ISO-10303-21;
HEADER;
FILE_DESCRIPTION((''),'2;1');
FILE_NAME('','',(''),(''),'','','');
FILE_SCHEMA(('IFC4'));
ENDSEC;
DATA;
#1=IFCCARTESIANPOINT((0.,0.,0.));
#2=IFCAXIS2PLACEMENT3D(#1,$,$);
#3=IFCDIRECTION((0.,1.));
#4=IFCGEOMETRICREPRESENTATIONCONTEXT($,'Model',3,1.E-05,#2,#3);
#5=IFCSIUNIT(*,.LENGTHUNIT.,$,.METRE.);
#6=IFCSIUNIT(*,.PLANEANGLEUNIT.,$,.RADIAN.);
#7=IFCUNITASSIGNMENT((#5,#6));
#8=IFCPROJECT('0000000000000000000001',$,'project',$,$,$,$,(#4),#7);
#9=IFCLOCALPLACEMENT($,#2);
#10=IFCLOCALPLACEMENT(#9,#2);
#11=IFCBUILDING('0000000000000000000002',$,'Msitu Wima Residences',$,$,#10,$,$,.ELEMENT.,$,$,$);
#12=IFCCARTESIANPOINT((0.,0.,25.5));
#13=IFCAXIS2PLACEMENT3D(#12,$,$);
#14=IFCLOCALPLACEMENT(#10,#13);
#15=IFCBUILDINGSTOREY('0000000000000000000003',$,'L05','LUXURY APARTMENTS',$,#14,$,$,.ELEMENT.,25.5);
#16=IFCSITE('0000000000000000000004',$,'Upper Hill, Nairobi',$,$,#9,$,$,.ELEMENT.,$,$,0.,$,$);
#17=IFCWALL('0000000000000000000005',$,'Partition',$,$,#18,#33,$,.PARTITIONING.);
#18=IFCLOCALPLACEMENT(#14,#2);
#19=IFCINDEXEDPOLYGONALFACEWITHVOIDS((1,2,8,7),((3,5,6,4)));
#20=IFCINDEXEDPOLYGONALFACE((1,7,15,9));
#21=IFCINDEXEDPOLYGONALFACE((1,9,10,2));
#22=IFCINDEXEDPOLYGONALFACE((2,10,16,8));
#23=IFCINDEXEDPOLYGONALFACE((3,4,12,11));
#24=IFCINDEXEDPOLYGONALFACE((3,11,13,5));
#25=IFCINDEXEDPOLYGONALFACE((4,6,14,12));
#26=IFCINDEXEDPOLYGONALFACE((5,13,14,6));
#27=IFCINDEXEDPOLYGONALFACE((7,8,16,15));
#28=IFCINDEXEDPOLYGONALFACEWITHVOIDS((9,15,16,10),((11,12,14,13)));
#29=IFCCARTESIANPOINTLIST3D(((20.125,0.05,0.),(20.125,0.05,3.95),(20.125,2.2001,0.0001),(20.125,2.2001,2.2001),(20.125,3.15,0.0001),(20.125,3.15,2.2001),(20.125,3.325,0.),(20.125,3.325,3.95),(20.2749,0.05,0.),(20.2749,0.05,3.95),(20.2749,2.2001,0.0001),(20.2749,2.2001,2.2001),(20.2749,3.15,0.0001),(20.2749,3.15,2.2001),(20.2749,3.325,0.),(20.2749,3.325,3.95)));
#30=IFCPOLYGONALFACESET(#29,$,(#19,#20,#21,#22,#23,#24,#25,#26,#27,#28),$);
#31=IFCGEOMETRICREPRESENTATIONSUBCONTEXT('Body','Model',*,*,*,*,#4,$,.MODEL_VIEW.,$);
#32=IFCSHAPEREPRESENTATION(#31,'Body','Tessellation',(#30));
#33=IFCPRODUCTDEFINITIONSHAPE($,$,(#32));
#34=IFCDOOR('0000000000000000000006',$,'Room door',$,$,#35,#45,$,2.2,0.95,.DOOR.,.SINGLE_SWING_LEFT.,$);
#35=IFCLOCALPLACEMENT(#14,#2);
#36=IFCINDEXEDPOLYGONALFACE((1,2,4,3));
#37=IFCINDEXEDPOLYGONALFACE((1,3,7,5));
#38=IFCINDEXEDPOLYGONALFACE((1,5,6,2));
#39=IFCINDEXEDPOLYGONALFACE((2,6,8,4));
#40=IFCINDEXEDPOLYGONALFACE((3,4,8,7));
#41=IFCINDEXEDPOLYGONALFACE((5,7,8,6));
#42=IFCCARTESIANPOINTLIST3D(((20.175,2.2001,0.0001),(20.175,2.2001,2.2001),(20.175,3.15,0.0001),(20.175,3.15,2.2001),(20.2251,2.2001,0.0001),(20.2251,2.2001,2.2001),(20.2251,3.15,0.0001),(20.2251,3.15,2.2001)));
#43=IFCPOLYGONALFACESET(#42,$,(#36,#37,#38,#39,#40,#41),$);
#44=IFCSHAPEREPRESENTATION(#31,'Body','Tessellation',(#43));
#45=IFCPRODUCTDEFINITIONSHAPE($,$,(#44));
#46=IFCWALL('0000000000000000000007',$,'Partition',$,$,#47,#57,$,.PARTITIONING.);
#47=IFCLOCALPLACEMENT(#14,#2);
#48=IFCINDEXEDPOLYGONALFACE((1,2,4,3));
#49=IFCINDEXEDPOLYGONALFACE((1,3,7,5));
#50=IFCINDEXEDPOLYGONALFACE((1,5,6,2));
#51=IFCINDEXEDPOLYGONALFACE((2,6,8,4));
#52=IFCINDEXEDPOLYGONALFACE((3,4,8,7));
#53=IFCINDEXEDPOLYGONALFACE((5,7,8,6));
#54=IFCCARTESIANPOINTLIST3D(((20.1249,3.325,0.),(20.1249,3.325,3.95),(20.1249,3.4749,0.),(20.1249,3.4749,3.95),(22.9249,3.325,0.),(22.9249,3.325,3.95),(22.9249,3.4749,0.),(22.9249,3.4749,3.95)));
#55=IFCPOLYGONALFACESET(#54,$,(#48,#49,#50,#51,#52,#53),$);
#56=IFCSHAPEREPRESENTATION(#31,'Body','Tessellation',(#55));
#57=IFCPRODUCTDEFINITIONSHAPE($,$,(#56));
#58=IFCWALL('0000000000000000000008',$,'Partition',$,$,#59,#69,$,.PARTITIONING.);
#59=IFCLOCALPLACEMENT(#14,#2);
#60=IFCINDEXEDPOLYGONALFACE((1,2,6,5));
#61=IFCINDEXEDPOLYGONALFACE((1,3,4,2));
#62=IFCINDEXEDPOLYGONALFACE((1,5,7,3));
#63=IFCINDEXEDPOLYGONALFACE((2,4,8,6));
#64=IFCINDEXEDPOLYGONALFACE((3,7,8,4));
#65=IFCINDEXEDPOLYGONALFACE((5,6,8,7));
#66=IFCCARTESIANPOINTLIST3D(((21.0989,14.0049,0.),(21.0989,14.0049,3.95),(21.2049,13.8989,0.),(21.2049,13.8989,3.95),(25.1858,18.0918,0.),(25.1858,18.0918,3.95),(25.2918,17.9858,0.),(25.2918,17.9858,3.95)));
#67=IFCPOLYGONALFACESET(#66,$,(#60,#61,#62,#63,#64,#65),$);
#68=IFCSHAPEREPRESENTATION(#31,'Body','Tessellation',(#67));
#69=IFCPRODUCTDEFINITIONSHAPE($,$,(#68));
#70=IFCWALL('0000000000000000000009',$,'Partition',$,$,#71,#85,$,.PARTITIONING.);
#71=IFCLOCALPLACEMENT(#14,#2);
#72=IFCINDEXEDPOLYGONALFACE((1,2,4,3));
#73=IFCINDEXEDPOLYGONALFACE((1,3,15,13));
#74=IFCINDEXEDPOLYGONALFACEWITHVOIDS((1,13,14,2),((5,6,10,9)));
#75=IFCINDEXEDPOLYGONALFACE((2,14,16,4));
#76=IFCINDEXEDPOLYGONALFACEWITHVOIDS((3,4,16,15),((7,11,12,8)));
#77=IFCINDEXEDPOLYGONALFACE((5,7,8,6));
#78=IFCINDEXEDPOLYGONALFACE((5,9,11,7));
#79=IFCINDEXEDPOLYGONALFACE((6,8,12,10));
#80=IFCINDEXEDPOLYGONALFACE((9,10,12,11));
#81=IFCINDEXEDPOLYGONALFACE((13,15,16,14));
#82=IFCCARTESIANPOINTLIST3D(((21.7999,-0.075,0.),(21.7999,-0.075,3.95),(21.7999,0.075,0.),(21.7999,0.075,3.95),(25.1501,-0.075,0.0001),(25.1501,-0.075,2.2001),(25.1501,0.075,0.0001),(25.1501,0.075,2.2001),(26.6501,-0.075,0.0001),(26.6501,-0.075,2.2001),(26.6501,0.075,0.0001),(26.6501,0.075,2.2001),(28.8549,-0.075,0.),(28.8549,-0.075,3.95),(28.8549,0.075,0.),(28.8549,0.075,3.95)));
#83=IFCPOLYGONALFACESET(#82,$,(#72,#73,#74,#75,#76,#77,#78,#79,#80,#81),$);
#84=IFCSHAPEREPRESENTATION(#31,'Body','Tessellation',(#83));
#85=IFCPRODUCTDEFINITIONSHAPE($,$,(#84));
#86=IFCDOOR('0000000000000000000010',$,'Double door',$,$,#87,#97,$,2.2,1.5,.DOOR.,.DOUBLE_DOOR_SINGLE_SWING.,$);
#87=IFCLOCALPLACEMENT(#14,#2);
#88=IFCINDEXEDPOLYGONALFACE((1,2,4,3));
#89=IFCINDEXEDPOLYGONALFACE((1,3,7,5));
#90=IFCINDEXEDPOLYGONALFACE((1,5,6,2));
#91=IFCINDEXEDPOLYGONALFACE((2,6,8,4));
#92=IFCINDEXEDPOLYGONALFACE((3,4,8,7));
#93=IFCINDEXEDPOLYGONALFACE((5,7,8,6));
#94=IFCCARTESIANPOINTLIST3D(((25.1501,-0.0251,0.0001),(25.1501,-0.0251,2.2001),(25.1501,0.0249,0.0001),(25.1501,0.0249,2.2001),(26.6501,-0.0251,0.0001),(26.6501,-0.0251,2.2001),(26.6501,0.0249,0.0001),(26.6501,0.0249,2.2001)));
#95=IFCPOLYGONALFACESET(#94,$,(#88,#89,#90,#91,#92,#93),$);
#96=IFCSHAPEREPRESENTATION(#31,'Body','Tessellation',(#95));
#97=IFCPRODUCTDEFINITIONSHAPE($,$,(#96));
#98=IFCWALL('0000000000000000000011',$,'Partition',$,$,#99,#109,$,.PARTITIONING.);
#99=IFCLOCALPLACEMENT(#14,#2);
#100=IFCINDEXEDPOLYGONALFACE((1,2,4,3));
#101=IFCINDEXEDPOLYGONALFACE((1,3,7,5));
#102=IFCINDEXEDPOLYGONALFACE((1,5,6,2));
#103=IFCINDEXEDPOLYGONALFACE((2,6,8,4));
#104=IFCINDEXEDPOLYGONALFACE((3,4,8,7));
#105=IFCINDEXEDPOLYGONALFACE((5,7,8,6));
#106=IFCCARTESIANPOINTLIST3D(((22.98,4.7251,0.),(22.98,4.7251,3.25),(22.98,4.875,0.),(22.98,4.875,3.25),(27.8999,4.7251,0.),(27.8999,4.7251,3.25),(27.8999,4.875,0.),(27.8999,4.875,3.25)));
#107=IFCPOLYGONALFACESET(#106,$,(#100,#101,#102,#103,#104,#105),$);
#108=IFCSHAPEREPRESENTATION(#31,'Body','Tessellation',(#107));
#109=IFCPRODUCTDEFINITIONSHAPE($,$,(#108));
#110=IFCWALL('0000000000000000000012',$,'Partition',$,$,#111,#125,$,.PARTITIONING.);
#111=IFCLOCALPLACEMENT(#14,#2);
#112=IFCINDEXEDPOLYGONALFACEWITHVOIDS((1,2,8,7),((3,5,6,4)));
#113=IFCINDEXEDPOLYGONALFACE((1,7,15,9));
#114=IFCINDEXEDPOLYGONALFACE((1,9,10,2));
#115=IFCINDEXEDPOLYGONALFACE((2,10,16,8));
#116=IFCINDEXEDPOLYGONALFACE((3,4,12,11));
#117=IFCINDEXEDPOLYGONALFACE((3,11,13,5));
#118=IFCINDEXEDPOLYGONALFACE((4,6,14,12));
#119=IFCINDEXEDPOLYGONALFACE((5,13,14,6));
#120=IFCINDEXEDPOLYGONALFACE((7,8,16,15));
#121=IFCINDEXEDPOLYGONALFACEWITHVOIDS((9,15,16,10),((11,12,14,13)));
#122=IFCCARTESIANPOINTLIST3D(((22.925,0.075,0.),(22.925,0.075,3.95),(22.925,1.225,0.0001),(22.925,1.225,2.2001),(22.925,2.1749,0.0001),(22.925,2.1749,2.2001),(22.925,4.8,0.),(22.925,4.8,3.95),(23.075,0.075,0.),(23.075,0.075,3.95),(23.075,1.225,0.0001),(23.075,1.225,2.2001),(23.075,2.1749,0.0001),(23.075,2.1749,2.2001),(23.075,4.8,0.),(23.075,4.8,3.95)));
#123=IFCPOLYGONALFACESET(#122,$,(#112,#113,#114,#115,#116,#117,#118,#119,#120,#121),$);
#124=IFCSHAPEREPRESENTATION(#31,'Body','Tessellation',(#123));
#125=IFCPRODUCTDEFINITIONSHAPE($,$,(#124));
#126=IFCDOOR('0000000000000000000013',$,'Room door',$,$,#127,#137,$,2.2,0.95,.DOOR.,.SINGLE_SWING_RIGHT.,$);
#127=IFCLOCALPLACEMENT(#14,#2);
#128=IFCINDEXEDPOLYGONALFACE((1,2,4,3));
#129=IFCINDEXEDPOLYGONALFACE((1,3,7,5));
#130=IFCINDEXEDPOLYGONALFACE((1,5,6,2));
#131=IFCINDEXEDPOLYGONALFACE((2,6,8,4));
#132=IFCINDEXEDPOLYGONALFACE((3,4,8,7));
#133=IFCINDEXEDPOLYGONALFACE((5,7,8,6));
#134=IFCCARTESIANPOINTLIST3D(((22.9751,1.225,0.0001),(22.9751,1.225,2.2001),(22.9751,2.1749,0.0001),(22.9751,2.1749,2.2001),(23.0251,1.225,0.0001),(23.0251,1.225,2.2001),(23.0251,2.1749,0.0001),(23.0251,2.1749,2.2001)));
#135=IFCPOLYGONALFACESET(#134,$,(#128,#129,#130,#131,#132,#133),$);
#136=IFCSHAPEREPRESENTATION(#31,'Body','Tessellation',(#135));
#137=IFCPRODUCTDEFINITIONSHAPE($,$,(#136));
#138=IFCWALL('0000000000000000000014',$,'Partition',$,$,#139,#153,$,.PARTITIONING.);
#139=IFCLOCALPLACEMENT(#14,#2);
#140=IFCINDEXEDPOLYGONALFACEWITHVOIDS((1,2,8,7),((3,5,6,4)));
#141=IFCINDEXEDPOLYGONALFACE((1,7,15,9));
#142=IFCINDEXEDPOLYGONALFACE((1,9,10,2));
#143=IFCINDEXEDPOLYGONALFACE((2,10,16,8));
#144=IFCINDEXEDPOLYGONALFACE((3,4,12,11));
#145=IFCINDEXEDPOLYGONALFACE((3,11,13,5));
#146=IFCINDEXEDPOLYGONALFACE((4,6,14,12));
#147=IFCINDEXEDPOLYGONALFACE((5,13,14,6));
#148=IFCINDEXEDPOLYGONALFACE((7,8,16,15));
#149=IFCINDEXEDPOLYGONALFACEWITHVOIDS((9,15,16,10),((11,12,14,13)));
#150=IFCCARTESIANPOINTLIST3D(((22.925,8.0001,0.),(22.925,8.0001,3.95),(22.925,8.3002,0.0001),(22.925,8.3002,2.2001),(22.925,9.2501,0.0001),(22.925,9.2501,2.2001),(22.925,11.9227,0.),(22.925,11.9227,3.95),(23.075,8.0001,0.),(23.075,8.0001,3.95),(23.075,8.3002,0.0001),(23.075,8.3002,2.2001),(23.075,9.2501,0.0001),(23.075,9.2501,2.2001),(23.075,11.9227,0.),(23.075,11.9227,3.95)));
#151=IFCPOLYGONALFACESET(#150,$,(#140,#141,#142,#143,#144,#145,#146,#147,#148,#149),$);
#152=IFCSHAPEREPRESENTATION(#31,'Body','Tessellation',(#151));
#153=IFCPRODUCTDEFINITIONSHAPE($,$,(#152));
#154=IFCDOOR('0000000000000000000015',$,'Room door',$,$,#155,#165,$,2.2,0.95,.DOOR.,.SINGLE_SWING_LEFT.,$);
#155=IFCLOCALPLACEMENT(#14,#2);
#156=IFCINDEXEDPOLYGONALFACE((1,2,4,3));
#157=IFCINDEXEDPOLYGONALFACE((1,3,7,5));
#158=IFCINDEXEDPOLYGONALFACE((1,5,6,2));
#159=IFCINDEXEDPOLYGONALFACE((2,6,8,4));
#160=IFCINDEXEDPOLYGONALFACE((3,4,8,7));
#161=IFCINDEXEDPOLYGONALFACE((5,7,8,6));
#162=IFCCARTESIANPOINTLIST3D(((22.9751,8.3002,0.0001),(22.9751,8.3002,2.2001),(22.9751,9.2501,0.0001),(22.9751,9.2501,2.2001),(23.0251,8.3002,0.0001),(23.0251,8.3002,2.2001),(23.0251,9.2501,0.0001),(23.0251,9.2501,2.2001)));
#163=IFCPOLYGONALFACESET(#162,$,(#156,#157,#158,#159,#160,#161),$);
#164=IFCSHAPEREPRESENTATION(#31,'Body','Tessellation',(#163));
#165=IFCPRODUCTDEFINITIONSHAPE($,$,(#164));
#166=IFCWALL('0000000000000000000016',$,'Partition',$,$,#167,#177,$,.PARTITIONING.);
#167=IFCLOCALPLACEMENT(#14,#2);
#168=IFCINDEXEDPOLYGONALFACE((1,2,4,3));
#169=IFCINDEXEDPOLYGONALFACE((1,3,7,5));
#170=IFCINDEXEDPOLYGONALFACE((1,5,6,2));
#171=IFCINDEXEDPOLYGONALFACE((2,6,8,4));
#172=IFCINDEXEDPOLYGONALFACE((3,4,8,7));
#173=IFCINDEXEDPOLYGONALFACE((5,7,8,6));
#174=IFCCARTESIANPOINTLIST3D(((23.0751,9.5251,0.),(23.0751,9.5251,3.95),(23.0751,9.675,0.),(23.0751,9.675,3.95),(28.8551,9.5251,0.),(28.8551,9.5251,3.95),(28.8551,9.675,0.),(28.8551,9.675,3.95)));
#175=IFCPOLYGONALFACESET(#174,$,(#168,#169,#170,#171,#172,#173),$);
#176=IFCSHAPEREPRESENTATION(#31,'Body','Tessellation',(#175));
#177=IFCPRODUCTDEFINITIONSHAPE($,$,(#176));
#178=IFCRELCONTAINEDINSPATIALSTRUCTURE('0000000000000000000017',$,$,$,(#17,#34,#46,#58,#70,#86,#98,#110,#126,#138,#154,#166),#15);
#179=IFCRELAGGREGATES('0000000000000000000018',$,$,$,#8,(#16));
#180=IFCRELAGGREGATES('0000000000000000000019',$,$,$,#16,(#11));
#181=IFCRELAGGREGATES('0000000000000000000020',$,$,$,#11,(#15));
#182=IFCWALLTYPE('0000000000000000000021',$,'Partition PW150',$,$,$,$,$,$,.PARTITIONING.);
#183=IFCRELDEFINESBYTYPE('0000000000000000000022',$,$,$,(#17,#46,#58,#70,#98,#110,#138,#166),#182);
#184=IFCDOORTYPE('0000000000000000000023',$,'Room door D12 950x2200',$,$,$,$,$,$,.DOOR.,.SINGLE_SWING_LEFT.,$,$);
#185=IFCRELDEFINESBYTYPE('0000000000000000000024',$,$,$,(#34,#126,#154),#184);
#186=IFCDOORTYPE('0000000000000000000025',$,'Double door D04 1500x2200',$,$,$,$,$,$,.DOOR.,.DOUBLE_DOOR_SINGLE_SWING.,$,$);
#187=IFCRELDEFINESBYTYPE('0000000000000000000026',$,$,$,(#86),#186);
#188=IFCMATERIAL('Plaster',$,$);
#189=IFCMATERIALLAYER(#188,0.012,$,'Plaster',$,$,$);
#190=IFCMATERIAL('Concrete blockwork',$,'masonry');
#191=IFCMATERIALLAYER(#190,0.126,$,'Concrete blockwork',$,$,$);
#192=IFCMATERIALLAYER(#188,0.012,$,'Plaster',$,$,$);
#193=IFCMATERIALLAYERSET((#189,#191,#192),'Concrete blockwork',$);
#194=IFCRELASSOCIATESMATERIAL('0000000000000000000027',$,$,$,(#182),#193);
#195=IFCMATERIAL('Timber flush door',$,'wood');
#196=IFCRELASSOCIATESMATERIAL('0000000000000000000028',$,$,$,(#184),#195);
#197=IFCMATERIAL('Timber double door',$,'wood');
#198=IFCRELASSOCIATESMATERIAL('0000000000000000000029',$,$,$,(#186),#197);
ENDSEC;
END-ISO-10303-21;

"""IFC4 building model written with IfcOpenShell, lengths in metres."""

from ifc_helpers import new_model, si_unit, direction, frame, frame_2d, origin, place, context, subcontext, project, spatial, rectangle, extrude, material, layer, layer_set, type_object, element, fill, save


model = new_model("IFC4")

# Units and contexts
model_context = context("Model", 3, precision=1e-05, world=origin(), true_north=direction((0.0, 1.0)))
body_context = subcontext(model_context, "Body", "Model", "MODEL_VIEW")
ifc_project = project(units=[si_unit("LENGTHUNIT", "METRE"), si_unit("PLANEANGLEUNIT", "RADIAN")], contexts=[model_context])

# Site, building, storey
site_placement = place(None, origin())
site = spatial("IfcSite", under=ifc_project, at=site_placement, Name="Upper Hill, Nairobi", CompositionType="ELEMENT", RefElevation=0.0)
building_placement = place(site_placement, origin())
building = spatial("IfcBuilding", under=site, at=building_placement, Name="Msitu Wima Residences", CompositionType="ELEMENT")
storey_placement = place(building_placement, frame((0.0, 0.0, 25.5)))
storey = spatial("IfcBuildingStorey", under=building, at=storey_placement, Name="L05", Description="LUXURY APARTMENTS", CompositionType="ELEMENT", Elevation=25.5)

# Wall, opening, door
ifc_material_1 = material(Name="Plaster")
ifc_layer_1 = layer(ifc_material_1, 0.012, Name="Plaster")
ifc_material_2 = material(Name="Concrete blockwork", Category="masonry")
ifc_layer_2 = layer(ifc_material_2, 0.126, Name="Concrete blockwork")
ifc_layer_3 = layer(ifc_material_1, 0.012, Name="Plaster")
ifc_layer_set_1 = layer_set([ifc_layer_1, ifc_layer_2, ifc_layer_3], Name="Concrete blockwork")
wall_type_1 = type_object("IfcWallType", Name="Partition PW150", PredefinedType="PARTITIONING", material=ifc_layer_set_1)
wall_1_placement = place(storey_placement, frame((20.2, 0.05, 0.0), z_axis=(0.0, 0.0, 1.0), x_axis=(0.0, 1.0, 0.0)))
wall_1 = element("IfcWall", 1, at=wall_1_placement, inside=storey, type_object=wall_type_1, Name="Partition", PredefinedType="PARTITIONING", context=body_context, shape_type="SweptSolid", body=[
    extrude(rectangle(XDim=3.2749, YDim=0.1499, at=frame_2d((1.6375, 0.0))), origin(), (0.0, 0.0, 1.0), 3.95),
])
opening_1_placement = place(wall_1_placement, frame((2.1499, 0.0, 0.0)))
opening_1 = element("IfcOpeningElement", 2, at=opening_1_placement, cuts=wall_1, PredefinedType="OPENING", context=body_context, shape_type="SweptSolid", body=[
    extrude(rectangle(XDim=0.95, YDim=2.2, at=frame_2d((0.4751, 1.1001))), frame((0.0, 0.085, 0.0), z_axis=(0.0, -1.0, 0.0), x_axis=(1.0, 0.0, 0.0)), (0.0, 0.0, 1.0), 0.1699),
])
ifc_material_3 = material(Name="Timber flush door", Category="wood")
door_type_1 = type_object("IfcDoorType", Name="Room door D12 950x2200", OperationType="SINGLE_SWING_LEFT", PredefinedType="DOOR", material=ifc_material_3)
door_1_placement = place(opening_1_placement, origin())
door_1 = element("IfcDoor", 3, at=door_1_placement, inside=storey, type_object=door_type_1, Name="Room door", OperationType="SINGLE_SWING_LEFT", OverallHeight=2.2, OverallWidth=0.95, PredefinedType="DOOR", context=body_context, shape_type="SweptSolid", body=[
    extrude(rectangle(XDim=0.95, YDim=2.2, at=frame_2d((0.4751, 1.1001))), frame((0.0, 0.0249, 0.0), z_axis=(0.0, -1.0, 0.0), x_axis=(1.0, 0.0, 0.0)), (0.0, 0.0, 1.0), 0.05),
])
fill(opening_1, door_1)

# Walls
wall_2_placement = place(storey_placement, frame((20.125, 3.3999, 0.0), z_axis=(0.0, 0.0, 1.0), x_axis=(1.0, 0.0, 0.0)))
element("IfcWall", 4, at=wall_2_placement, inside=storey, type_object=wall_type_1, Name="Partition", PredefinedType="PARTITIONING", context=body_context, shape_type="SweptSolid", body=[
    extrude(rectangle(XDim=2.8, YDim=0.1499, at=frame_2d((1.3999, 0.0))), origin(), (0.0, 0.0, 1.0), 3.95),
])
wall_3_placement = place(storey_placement, frame((21.1519, 13.9519, 0.0), z_axis=(0.0, 0.0, 1.0), x_axis=(0.707107, 0.707107, 0.0)))
element("IfcWall", 5, at=wall_3_placement, inside=storey, type_object=wall_type_1, Name="Partition", PredefinedType="PARTITIONING", context=body_context, shape_type="SweptSolid", body=[
    extrude(rectangle(XDim=5.7798, YDim=0.1499, at=frame_2d((2.8899, 0.0))), origin(), (0.0, 0.0, 1.0), 3.95),
])

# Wall, opening, door
wall_4_placement = place(storey_placement, frame((21.8, 0.0, 0.0), z_axis=(0.0, 0.0, 1.0), x_axis=(1.0, 0.0, 0.0)))
wall_4 = element("IfcWall", 6, at=wall_4_placement, inside=storey, type_object=wall_type_1, Name="Partition", PredefinedType="PARTITIONING", context=body_context, shape_type="SweptSolid", body=[
    extrude(rectangle(XDim=7.0549, YDim=0.1499, at=frame_2d((3.5273, 0.0))), origin(), (0.0, 0.0, 1.0), 3.95),
])
opening_2_placement = place(wall_4_placement, frame((3.3501, 0.0, 0.0)))
opening_2 = element("IfcOpeningElement", 7, at=opening_2_placement, cuts=wall_4, PredefinedType="OPENING", context=body_context, shape_type="SweptSolid", body=[
    extrude(rectangle(XDim=1.5, YDim=2.2, at=frame_2d((0.75, 1.1001))), frame((0.0, 0.085, 0.0), z_axis=(0.0, -1.0, 0.0), x_axis=(1.0, 0.0, 0.0)), (0.0, 0.0, 1.0), 0.1699),
])
ifc_material_4 = material(Name="Timber double door", Category="wood")
door_type_2 = type_object("IfcDoorType", Name="Double door D04 1500x2200", OperationType="DOUBLE_DOOR_SINGLE_SWING", PredefinedType="DOOR", material=ifc_material_4)
door_2_placement = place(opening_2_placement, origin())
door_2 = element("IfcDoor", 8, at=door_2_placement, inside=storey, type_object=door_type_2, Name="Double door", OperationType="DOUBLE_DOOR_SINGLE_SWING", OverallHeight=2.2, OverallWidth=1.5, PredefinedType="DOOR", context=body_context, shape_type="SweptSolid", body=[
    extrude(rectangle(XDim=1.5, YDim=2.2, at=frame_2d((0.75, 1.1001))), frame((0.0, 0.0249, 0.0), z_axis=(0.0, -1.0, 0.0), x_axis=(1.0, 0.0, 0.0)), (0.0, 0.0, 1.0), 0.05),
])
fill(opening_2, door_2)

# Wall
wall_5_placement = place(storey_placement, frame((22.98, 4.8, 0.0), z_axis=(0.0, 0.0, 1.0), x_axis=(1.0, 0.0, 0.0)))
element("IfcWall", 9, at=wall_5_placement, inside=storey, type_object=wall_type_1, Name="Partition", PredefinedType="PARTITIONING", context=body_context, shape_type="SweptSolid", body=[
    extrude(rectangle(XDim=4.9199, YDim=0.1499, at=frame_2d((2.46, 0.0))), origin(), (0.0, 0.0, 1.0), 3.25),
])

# Walls, openings, doors
wall_6_placement = place(storey_placement, frame((23.0, 0.075, 0.0), z_axis=(0.0, 0.0, 1.0), x_axis=(0.0, 1.0, 0.0)))
wall_6 = element("IfcWall", 10, at=wall_6_placement, inside=storey, type_object=wall_type_1, Name="Partition", PredefinedType="PARTITIONING", context=body_context, shape_type="SweptSolid", body=[
    extrude(rectangle(XDim=4.7251, YDim=0.1499, at=frame_2d((2.3625, 0.0))), origin(), (0.0, 0.0, 1.0), 3.95),
])
opening_3_placement = place(wall_6_placement, frame((1.1499, 0.0, 0.0)))
opening_3 = element("IfcOpeningElement", 11, at=opening_3_placement, cuts=wall_6, PredefinedType="OPENING", context=body_context, shape_type="SweptSolid", body=[
    extrude(rectangle(XDim=0.95, YDim=2.2, at=frame_2d((0.4751, 1.1001))), frame((0.0, 0.085, 0.0), z_axis=(0.0, -1.0, 0.0), x_axis=(1.0, 0.0, 0.0)), (0.0, 0.0, 1.0), 0.1699),
])
door_3_placement = place(opening_3_placement, origin())
door_3 = element("IfcDoor", 12, at=door_3_placement, inside=storey, type_object=door_type_1, Name="Room door", OperationType="SINGLE_SWING_RIGHT", OverallHeight=2.2, OverallWidth=0.95, PredefinedType="DOOR", context=body_context, shape_type="SweptSolid", body=[
    extrude(rectangle(XDim=0.95, YDim=2.2, at=frame_2d((0.4751, 1.1001))), frame((0.0, 0.0249, 0.0), z_axis=(0.0, -1.0, 0.0), x_axis=(1.0, 0.0, 0.0)), (0.0, 0.0, 1.0), 0.05),
])
fill(opening_3, door_3)
wall_7_placement = place(storey_placement, frame((23.0, 8.0, 0.0), z_axis=(0.0, 0.0, 1.0), x_axis=(0.0, 1.0, 0.0)))
wall_7 = element("IfcWall", 13, at=wall_7_placement, inside=storey, type_object=wall_type_1, Name="Partition", PredefinedType="PARTITIONING", context=body_context, shape_type="SweptSolid", body=[
    extrude(rectangle(XDim=3.9226, YDim=0.1499, at=frame_2d((1.9614, 0.0))), origin(), (0.0, 0.0, 1.0), 3.95),
])
opening_4_placement = place(wall_7_placement, frame((0.3, 0.0, 0.0)))
opening_4 = element("IfcOpeningElement", 14, at=opening_4_placement, cuts=wall_7, PredefinedType="OPENING", context=body_context, shape_type="SweptSolid", body=[
    extrude(rectangle(XDim=0.95, YDim=2.2, at=frame_2d((0.4751, 1.1001))), frame((0.0, 0.085, 0.0), z_axis=(0.0, -1.0, 0.0), x_axis=(1.0, 0.0, 0.0)), (0.0, 0.0, 1.0), 0.1699),
])
door_4_placement = place(opening_4_placement, origin())
door_4 = element("IfcDoor", 15, at=door_4_placement, inside=storey, type_object=door_type_1, Name="Room door", OperationType="SINGLE_SWING_LEFT", OverallHeight=2.2, OverallWidth=0.95, PredefinedType="DOOR", context=body_context, shape_type="SweptSolid", body=[
    extrude(rectangle(XDim=0.95, YDim=2.2, at=frame_2d((0.4751, 1.1001))), frame((0.0, 0.0249, 0.0), z_axis=(0.0, -1.0, 0.0), x_axis=(1.0, 0.0, 0.0)), (0.0, 0.0, 1.0), 0.05),
])
fill(opening_4, door_4)

# Wall
wall_8_placement = place(storey_placement, frame((23.075, 9.6001, 0.0), z_axis=(0.0, 0.0, 1.0), x_axis=(1.0, 0.0, 0.0)))
element("IfcWall", 16, at=wall_8_placement, inside=storey, type_object=wall_type_1, Name="Partition", PredefinedType="PARTITIONING", context=body_context, shape_type="SweptSolid", body=[
    extrude(rectangle(XDim=5.78, YDim=0.1499, at=frame_2d((2.8901, 0.0))), origin(), (0.0, 0.0, 1.0), 3.95),
])

save(model, "model.ifc")
